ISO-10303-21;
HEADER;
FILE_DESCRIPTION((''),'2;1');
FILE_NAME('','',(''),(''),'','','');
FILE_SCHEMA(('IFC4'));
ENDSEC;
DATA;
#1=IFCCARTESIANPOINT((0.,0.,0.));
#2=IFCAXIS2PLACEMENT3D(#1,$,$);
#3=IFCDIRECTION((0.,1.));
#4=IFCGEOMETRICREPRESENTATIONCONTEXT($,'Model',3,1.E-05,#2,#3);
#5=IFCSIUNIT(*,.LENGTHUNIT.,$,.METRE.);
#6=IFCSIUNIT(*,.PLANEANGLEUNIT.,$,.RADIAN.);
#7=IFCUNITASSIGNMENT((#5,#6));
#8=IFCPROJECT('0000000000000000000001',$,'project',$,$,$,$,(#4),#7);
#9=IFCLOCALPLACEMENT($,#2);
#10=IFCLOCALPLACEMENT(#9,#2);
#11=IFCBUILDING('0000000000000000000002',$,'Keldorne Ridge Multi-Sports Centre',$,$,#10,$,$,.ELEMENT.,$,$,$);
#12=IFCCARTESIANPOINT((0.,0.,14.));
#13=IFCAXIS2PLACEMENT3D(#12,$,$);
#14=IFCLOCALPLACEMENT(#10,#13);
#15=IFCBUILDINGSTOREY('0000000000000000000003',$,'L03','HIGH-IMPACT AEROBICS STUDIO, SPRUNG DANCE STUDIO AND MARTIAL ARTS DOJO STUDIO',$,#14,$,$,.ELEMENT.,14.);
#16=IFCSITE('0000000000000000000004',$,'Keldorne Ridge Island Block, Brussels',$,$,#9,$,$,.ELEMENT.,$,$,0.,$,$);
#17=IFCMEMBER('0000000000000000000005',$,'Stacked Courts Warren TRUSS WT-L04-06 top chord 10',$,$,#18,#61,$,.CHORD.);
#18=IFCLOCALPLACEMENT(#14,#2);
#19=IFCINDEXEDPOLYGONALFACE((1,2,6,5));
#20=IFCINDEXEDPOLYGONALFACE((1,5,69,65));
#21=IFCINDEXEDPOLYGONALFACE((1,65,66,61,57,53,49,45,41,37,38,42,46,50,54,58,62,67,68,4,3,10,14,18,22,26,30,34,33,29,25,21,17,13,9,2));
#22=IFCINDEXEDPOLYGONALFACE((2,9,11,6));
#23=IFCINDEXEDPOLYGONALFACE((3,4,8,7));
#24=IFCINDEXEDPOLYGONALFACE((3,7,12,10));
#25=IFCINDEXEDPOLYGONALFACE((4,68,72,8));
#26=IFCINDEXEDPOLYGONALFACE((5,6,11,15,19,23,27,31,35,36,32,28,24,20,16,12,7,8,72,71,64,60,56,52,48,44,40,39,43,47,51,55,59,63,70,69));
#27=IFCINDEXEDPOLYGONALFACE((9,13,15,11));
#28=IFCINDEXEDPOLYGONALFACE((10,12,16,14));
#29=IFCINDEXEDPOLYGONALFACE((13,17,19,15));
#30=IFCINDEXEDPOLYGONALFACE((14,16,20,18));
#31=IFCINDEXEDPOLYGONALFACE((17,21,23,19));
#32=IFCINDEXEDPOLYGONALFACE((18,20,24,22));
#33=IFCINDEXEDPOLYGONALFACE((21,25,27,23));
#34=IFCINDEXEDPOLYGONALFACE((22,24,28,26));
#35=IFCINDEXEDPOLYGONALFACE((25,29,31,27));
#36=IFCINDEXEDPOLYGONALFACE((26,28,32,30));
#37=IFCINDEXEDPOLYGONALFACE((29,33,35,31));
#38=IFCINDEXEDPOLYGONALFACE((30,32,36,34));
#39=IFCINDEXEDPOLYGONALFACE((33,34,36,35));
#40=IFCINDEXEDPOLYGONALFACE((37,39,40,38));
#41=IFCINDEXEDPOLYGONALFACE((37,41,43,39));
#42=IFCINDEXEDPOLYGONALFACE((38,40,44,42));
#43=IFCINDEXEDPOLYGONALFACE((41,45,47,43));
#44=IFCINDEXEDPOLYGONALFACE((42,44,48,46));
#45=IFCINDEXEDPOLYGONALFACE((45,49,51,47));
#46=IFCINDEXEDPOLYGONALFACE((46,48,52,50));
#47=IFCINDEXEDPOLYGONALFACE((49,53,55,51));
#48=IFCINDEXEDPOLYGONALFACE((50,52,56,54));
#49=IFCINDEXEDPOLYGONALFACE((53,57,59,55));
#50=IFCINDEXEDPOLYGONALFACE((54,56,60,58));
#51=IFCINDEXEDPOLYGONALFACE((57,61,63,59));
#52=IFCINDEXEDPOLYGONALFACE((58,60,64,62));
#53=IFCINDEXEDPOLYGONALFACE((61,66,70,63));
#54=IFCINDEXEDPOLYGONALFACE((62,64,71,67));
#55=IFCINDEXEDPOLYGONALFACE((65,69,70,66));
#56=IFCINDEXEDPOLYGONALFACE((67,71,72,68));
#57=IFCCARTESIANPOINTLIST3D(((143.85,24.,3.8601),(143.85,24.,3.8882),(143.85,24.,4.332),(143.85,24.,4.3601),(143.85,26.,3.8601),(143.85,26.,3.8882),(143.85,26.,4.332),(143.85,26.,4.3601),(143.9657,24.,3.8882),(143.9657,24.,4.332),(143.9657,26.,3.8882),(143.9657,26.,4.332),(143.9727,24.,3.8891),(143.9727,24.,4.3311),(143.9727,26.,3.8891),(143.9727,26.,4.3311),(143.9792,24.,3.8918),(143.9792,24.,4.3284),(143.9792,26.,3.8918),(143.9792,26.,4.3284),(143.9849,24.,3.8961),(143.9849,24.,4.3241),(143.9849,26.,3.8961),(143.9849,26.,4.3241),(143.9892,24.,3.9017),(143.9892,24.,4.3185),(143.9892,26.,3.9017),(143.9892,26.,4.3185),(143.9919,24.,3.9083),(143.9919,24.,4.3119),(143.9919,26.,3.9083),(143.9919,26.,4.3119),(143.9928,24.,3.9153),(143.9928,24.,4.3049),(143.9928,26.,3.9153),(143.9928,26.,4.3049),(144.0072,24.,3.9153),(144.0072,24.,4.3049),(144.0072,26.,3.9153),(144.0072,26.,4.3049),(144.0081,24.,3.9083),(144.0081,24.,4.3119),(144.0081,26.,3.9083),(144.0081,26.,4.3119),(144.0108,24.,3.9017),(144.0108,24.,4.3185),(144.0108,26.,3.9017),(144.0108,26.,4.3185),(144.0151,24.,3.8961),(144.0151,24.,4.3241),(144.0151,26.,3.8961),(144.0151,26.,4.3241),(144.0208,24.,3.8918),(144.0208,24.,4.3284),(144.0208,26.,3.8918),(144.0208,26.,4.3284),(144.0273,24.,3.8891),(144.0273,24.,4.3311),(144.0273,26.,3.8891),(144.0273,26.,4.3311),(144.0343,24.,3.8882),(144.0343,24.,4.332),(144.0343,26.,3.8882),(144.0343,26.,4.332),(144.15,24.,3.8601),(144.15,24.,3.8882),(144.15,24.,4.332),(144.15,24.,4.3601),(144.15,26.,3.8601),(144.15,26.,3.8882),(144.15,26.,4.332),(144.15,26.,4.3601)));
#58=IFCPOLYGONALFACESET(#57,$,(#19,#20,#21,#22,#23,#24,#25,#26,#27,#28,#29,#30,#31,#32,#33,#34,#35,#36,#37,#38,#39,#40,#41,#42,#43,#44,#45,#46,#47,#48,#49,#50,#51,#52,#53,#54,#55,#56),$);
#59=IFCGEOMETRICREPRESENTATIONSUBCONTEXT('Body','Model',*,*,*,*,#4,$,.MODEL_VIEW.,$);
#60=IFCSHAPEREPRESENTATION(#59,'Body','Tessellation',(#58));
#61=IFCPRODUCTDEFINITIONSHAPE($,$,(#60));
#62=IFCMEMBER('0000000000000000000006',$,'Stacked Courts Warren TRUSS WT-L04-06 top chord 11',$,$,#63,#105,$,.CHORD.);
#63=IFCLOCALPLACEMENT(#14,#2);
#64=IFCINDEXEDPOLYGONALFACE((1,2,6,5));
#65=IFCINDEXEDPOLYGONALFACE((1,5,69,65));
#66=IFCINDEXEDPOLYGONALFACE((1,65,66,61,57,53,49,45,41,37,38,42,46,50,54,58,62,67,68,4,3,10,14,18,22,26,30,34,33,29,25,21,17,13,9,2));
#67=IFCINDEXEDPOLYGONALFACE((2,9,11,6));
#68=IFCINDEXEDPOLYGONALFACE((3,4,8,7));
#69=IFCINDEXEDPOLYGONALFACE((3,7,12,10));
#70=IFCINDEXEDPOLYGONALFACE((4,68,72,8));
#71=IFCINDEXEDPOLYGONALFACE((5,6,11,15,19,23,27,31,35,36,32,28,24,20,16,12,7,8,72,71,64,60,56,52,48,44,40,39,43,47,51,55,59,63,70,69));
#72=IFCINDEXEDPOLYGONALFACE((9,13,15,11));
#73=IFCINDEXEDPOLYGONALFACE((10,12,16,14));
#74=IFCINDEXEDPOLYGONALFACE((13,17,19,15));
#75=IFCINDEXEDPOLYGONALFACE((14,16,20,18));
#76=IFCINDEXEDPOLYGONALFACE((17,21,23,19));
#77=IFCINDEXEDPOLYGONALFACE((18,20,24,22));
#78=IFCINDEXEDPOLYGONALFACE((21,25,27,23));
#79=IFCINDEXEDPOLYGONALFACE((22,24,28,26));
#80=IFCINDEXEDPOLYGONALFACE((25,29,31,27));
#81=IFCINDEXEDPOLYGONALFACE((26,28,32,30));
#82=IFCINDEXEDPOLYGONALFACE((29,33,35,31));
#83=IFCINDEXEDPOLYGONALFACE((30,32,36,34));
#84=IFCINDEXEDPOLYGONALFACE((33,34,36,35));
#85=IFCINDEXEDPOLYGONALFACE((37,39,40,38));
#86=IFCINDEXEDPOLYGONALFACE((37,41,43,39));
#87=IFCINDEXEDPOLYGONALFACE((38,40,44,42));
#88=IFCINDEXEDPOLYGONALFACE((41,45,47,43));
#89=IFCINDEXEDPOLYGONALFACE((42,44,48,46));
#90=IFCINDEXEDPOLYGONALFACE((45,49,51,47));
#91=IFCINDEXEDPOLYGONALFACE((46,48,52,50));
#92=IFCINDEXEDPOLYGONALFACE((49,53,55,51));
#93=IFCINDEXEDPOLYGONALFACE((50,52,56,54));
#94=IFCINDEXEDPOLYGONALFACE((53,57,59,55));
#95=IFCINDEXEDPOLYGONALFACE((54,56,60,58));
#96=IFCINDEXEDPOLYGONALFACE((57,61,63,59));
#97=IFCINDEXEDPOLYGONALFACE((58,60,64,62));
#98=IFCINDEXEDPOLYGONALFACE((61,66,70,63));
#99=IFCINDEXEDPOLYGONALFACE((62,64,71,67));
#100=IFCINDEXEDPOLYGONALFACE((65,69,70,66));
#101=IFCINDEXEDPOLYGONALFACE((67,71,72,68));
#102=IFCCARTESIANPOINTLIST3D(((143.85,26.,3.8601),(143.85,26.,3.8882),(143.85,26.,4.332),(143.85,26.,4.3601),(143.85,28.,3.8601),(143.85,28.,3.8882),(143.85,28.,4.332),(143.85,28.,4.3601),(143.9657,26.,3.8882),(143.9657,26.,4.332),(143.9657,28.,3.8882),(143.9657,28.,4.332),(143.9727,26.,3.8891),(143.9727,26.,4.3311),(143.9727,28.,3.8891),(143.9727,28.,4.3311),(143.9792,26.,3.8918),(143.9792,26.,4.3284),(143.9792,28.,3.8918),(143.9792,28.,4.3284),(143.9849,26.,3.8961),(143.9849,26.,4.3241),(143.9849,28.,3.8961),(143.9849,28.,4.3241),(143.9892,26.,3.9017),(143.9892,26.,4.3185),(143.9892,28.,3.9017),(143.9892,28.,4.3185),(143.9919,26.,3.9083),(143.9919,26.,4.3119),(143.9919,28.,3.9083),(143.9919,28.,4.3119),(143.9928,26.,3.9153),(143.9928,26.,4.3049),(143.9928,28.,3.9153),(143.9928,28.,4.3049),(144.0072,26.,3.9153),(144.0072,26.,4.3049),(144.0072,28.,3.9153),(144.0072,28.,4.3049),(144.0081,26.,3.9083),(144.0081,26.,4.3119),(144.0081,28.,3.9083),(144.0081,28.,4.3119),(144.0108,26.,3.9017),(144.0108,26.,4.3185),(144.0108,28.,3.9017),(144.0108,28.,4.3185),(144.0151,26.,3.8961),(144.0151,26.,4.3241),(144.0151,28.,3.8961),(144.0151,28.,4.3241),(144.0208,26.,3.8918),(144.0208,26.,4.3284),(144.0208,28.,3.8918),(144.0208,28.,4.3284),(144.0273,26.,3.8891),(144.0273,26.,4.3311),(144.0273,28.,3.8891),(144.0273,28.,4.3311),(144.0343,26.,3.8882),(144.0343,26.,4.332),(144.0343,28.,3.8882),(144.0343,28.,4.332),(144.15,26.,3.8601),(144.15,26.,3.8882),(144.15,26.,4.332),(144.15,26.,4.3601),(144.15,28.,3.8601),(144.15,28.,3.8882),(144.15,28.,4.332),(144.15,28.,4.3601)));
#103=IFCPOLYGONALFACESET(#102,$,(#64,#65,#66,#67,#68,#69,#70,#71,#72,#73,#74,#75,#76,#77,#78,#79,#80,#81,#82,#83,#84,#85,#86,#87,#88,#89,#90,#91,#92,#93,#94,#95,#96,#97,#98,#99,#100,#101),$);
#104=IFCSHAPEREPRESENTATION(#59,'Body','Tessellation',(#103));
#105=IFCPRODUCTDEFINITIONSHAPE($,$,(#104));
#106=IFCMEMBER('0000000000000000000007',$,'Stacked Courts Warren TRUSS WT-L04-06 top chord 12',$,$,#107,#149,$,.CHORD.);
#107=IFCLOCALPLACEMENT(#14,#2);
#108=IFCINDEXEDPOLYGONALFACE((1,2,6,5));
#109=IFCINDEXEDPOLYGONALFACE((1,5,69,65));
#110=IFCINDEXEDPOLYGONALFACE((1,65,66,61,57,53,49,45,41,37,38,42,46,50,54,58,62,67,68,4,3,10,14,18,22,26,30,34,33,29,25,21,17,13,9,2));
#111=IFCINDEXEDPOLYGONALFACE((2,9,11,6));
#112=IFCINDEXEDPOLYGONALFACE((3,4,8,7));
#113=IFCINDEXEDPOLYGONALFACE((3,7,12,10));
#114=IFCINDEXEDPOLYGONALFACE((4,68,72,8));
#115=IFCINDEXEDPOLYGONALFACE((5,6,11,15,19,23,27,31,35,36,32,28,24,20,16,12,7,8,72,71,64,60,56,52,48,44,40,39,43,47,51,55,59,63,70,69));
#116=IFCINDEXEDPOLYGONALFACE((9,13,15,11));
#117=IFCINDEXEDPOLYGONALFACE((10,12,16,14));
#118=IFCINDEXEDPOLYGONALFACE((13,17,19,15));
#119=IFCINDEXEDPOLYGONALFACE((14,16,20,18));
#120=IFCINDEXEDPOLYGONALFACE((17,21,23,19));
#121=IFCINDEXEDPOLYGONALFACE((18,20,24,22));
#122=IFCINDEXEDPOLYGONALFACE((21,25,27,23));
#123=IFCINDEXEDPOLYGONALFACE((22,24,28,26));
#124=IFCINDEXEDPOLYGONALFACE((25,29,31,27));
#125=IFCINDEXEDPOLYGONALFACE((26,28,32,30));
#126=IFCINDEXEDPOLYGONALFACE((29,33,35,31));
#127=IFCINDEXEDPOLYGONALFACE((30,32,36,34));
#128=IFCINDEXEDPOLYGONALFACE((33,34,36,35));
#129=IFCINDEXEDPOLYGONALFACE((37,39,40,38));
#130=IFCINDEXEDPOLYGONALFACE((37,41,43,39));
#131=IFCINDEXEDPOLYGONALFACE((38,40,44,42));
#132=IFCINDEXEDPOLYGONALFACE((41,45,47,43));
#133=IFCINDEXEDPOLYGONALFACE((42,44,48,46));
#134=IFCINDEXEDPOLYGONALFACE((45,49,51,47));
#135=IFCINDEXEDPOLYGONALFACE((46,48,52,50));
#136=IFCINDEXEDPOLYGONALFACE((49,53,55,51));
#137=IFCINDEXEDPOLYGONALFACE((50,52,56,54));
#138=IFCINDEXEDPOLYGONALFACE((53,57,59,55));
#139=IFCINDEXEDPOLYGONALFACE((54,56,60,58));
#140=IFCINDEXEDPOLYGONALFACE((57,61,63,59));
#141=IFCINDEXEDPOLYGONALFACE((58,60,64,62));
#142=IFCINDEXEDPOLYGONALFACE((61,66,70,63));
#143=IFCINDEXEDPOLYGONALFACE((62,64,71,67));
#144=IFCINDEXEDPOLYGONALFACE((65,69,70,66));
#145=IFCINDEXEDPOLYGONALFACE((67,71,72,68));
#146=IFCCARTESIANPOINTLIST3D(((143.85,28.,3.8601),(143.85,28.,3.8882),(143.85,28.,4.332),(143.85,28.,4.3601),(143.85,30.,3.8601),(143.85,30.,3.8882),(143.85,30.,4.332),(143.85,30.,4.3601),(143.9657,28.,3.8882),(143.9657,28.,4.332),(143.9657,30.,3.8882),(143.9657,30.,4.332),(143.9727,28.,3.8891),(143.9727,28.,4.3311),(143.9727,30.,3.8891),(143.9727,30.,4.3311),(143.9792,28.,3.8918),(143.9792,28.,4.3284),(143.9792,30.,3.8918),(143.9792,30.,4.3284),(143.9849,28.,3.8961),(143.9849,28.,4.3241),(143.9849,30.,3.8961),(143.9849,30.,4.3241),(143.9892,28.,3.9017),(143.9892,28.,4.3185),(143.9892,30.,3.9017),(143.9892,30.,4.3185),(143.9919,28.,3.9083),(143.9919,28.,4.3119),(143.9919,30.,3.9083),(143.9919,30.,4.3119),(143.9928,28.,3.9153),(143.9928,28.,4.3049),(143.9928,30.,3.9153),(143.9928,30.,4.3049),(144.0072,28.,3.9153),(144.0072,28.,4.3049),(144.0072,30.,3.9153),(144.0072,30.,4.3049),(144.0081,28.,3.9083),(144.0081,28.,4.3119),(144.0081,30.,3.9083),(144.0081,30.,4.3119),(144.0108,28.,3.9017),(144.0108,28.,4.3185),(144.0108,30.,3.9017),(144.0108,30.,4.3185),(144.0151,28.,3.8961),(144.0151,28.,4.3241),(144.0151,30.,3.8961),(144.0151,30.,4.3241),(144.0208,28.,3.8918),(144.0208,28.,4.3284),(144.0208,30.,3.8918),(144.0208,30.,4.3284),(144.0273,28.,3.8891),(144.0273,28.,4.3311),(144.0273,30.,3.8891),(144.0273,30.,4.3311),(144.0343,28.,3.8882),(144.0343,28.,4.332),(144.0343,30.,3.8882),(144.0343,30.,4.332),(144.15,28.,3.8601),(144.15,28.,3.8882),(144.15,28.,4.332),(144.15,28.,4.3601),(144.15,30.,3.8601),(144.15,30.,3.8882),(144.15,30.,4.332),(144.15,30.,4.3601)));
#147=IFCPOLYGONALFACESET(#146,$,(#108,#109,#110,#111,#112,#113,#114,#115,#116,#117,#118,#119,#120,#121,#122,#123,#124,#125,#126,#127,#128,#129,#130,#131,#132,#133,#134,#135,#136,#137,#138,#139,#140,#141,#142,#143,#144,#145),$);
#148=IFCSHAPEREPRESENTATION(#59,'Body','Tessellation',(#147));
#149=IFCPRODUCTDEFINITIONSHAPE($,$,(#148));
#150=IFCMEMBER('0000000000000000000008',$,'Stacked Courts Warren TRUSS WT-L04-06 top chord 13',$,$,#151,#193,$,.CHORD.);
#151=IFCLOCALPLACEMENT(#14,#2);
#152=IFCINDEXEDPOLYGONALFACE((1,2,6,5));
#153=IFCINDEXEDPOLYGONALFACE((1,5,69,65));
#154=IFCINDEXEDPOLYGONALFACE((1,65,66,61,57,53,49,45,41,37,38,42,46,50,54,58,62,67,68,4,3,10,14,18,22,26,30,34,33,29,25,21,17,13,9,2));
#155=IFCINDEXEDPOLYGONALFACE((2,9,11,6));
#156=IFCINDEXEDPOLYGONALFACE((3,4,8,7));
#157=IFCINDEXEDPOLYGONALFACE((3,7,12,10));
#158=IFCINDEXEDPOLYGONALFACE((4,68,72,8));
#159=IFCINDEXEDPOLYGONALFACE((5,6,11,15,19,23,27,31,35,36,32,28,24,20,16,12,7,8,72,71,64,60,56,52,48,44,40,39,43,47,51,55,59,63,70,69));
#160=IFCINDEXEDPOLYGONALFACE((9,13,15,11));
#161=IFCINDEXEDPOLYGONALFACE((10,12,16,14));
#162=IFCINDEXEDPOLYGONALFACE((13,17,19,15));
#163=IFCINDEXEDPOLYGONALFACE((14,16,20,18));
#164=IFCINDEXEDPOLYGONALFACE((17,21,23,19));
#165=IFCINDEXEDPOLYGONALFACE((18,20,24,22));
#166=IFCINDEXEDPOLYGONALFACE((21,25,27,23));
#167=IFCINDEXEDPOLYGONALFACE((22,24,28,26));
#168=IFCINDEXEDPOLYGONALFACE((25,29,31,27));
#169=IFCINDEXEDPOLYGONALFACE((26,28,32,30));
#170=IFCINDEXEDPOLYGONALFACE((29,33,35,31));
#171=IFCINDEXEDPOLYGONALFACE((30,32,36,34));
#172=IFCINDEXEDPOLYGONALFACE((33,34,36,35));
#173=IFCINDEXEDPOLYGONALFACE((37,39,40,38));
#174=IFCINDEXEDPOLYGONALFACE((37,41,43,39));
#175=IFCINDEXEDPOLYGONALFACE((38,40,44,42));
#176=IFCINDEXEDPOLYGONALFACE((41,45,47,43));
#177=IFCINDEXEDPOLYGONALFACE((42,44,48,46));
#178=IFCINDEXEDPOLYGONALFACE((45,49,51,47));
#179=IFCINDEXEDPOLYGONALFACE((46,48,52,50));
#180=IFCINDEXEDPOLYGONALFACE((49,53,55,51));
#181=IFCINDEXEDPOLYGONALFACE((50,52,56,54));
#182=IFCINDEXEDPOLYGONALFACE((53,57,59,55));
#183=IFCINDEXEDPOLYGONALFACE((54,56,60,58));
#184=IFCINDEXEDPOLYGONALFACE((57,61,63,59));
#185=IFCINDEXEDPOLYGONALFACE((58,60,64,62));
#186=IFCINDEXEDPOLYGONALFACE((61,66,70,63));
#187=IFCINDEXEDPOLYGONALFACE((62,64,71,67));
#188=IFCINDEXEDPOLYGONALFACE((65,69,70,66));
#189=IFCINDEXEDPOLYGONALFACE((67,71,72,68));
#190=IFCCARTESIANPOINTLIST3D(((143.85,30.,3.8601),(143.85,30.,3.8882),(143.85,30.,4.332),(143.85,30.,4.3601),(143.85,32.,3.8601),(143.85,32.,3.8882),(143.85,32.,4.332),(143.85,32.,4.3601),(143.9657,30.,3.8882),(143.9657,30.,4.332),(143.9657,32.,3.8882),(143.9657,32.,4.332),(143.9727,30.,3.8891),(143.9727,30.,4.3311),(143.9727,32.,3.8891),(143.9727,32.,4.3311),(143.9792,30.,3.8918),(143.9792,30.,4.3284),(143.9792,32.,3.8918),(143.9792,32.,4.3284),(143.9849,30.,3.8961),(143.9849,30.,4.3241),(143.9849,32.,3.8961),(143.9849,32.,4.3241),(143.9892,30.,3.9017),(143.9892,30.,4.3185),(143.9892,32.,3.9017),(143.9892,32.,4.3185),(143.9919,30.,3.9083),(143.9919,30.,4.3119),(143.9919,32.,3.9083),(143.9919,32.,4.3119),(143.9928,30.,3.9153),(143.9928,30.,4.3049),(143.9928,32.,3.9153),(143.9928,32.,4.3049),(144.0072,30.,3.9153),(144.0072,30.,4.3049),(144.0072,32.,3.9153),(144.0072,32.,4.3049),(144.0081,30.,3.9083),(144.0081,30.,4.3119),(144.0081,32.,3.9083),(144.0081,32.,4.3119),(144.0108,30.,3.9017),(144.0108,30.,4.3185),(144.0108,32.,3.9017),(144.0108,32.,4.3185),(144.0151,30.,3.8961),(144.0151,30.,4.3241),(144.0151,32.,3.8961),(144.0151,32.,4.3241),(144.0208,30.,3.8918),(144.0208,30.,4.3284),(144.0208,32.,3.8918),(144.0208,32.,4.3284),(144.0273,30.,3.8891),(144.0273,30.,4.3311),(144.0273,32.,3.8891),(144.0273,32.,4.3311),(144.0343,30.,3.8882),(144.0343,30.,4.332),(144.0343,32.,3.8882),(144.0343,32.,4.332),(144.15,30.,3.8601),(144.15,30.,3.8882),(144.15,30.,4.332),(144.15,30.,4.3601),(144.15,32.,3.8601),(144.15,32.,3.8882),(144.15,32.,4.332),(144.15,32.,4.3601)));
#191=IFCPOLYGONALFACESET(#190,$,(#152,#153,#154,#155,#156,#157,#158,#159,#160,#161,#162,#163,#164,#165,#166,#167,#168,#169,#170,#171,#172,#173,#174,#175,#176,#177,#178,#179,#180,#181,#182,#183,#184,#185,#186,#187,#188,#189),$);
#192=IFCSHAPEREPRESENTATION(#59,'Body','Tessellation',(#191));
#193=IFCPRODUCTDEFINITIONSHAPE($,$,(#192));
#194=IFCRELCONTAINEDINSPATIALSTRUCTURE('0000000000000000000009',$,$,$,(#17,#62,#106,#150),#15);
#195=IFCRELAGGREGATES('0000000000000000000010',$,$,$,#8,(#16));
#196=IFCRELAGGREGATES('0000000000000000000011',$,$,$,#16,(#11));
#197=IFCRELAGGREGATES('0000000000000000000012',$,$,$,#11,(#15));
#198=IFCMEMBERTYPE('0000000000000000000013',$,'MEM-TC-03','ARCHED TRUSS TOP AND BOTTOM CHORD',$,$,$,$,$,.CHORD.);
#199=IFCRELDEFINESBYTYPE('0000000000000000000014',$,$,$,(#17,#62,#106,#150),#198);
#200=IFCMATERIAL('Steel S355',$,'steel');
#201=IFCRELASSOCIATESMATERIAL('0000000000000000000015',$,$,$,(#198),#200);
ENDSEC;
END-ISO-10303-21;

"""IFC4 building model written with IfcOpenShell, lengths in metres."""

from ifc_helpers import new_model, si_unit, direction, frame, origin, origin_2d, place, context, subcontext, project, spatial, i_section, extrude, material, material_profile, profile_set, type_object, element, save


model = new_model("IFC4")

# Units and contexts
model_context = context("Model", 3, precision=1e-05, world=origin(), true_north=direction((0.0, 1.0)))
body_context = subcontext(model_context, "Body", "Model", "MODEL_VIEW")
ifc_project = project(units=[si_unit("LENGTHUNIT", "METRE"), si_unit("PLANEANGLEUNIT", "RADIAN")], contexts=[model_context])

# Site, building, storey
site_placement = place(None, origin())
site = spatial("IfcSite", under=ifc_project, at=site_placement, Name="Keldorne Ridge Island Block, Brussels", CompositionType="ELEMENT", RefElevation=0.0)
building_placement = place(site_placement, origin())
building = spatial("IfcBuilding", under=site, at=building_placement, Name="Keldorne Ridge Multi-Sports Centre", CompositionType="ELEMENT")
storey_placement = place(building_placement, frame((0.0, 0.0, 14.0)))
storey = spatial("IfcBuildingStorey", under=building, at=storey_placement, Name="L03", Description="HIGH-IMPACT AEROBICS STUDIO, SPRUNG DANCE STUDIO AND MARTIAL ARTS DOJO STUDIO", CompositionType="ELEMENT", Elevation=14.0)

# Members
ifc_material = material(Name="Steel S355", Category="steel")
ifc_material_profile_1 = material_profile(ifc_material, i_section(OverallWidth=0.3, OverallDepth=0.5, WebThickness=0.0144, FlangeThickness=0.0281, FilletRadius=0.0271, at=origin_2d()), Name="HEB 500")
ifc_profile_set_1 = profile_set([ifc_material_profile_1], Name="Steel S355")
member_type_1 = type_object("IfcMemberType", Name="MEM-TC-03", Description="ARCHED TRUSS TOP AND BOTTOM CHORD", PredefinedType="CHORD", material=ifc_profile_set_1)
for number, where, z_axis, x_axis, name in (
    (1, (144.0, 24.0, 4.1101), (0.0, 1.0, 0.0), (-1.0, 0.0, 0.0), "Stacked Courts Warren TRUSS WT-L04-06 top chord 10"),
    (2, (144.0, 26.0, 4.1101), (0.0, 1.0, 0.0), (-1.0, 0.0, 0.0), "Stacked Courts Warren TRUSS WT-L04-06 top chord 11"),
    (3, (144.0, 28.0, 4.1101), (0.0, 1.0, 0.0), (-1.0, 0.0, 0.0), "Stacked Courts Warren TRUSS WT-L04-06 top chord 12"),
    (4, (144.0, 30.0, 4.1101), (0.0, 1.0, 0.0), (-1.0, 0.0, 0.0), "Stacked Courts Warren TRUSS WT-L04-06 top chord 13"),
):
    element("IfcMember", number, at=place(storey_placement, frame(where, z_axis=z_axis, x_axis=x_axis)), inside=storey, type_object=member_type_1, Name=name, PredefinedType="CHORD", context=body_context, shape_type="SweptSolid", body=[
        extrude(i_section(OverallWidth=0.3, OverallDepth=0.5, WebThickness=0.0144, FlangeThickness=0.0281, FilletRadius=0.0271, at=origin_2d()), origin(), (0.0, 0.0, 1.0), 2.0),
    ])

save(model, "model.ifc")
